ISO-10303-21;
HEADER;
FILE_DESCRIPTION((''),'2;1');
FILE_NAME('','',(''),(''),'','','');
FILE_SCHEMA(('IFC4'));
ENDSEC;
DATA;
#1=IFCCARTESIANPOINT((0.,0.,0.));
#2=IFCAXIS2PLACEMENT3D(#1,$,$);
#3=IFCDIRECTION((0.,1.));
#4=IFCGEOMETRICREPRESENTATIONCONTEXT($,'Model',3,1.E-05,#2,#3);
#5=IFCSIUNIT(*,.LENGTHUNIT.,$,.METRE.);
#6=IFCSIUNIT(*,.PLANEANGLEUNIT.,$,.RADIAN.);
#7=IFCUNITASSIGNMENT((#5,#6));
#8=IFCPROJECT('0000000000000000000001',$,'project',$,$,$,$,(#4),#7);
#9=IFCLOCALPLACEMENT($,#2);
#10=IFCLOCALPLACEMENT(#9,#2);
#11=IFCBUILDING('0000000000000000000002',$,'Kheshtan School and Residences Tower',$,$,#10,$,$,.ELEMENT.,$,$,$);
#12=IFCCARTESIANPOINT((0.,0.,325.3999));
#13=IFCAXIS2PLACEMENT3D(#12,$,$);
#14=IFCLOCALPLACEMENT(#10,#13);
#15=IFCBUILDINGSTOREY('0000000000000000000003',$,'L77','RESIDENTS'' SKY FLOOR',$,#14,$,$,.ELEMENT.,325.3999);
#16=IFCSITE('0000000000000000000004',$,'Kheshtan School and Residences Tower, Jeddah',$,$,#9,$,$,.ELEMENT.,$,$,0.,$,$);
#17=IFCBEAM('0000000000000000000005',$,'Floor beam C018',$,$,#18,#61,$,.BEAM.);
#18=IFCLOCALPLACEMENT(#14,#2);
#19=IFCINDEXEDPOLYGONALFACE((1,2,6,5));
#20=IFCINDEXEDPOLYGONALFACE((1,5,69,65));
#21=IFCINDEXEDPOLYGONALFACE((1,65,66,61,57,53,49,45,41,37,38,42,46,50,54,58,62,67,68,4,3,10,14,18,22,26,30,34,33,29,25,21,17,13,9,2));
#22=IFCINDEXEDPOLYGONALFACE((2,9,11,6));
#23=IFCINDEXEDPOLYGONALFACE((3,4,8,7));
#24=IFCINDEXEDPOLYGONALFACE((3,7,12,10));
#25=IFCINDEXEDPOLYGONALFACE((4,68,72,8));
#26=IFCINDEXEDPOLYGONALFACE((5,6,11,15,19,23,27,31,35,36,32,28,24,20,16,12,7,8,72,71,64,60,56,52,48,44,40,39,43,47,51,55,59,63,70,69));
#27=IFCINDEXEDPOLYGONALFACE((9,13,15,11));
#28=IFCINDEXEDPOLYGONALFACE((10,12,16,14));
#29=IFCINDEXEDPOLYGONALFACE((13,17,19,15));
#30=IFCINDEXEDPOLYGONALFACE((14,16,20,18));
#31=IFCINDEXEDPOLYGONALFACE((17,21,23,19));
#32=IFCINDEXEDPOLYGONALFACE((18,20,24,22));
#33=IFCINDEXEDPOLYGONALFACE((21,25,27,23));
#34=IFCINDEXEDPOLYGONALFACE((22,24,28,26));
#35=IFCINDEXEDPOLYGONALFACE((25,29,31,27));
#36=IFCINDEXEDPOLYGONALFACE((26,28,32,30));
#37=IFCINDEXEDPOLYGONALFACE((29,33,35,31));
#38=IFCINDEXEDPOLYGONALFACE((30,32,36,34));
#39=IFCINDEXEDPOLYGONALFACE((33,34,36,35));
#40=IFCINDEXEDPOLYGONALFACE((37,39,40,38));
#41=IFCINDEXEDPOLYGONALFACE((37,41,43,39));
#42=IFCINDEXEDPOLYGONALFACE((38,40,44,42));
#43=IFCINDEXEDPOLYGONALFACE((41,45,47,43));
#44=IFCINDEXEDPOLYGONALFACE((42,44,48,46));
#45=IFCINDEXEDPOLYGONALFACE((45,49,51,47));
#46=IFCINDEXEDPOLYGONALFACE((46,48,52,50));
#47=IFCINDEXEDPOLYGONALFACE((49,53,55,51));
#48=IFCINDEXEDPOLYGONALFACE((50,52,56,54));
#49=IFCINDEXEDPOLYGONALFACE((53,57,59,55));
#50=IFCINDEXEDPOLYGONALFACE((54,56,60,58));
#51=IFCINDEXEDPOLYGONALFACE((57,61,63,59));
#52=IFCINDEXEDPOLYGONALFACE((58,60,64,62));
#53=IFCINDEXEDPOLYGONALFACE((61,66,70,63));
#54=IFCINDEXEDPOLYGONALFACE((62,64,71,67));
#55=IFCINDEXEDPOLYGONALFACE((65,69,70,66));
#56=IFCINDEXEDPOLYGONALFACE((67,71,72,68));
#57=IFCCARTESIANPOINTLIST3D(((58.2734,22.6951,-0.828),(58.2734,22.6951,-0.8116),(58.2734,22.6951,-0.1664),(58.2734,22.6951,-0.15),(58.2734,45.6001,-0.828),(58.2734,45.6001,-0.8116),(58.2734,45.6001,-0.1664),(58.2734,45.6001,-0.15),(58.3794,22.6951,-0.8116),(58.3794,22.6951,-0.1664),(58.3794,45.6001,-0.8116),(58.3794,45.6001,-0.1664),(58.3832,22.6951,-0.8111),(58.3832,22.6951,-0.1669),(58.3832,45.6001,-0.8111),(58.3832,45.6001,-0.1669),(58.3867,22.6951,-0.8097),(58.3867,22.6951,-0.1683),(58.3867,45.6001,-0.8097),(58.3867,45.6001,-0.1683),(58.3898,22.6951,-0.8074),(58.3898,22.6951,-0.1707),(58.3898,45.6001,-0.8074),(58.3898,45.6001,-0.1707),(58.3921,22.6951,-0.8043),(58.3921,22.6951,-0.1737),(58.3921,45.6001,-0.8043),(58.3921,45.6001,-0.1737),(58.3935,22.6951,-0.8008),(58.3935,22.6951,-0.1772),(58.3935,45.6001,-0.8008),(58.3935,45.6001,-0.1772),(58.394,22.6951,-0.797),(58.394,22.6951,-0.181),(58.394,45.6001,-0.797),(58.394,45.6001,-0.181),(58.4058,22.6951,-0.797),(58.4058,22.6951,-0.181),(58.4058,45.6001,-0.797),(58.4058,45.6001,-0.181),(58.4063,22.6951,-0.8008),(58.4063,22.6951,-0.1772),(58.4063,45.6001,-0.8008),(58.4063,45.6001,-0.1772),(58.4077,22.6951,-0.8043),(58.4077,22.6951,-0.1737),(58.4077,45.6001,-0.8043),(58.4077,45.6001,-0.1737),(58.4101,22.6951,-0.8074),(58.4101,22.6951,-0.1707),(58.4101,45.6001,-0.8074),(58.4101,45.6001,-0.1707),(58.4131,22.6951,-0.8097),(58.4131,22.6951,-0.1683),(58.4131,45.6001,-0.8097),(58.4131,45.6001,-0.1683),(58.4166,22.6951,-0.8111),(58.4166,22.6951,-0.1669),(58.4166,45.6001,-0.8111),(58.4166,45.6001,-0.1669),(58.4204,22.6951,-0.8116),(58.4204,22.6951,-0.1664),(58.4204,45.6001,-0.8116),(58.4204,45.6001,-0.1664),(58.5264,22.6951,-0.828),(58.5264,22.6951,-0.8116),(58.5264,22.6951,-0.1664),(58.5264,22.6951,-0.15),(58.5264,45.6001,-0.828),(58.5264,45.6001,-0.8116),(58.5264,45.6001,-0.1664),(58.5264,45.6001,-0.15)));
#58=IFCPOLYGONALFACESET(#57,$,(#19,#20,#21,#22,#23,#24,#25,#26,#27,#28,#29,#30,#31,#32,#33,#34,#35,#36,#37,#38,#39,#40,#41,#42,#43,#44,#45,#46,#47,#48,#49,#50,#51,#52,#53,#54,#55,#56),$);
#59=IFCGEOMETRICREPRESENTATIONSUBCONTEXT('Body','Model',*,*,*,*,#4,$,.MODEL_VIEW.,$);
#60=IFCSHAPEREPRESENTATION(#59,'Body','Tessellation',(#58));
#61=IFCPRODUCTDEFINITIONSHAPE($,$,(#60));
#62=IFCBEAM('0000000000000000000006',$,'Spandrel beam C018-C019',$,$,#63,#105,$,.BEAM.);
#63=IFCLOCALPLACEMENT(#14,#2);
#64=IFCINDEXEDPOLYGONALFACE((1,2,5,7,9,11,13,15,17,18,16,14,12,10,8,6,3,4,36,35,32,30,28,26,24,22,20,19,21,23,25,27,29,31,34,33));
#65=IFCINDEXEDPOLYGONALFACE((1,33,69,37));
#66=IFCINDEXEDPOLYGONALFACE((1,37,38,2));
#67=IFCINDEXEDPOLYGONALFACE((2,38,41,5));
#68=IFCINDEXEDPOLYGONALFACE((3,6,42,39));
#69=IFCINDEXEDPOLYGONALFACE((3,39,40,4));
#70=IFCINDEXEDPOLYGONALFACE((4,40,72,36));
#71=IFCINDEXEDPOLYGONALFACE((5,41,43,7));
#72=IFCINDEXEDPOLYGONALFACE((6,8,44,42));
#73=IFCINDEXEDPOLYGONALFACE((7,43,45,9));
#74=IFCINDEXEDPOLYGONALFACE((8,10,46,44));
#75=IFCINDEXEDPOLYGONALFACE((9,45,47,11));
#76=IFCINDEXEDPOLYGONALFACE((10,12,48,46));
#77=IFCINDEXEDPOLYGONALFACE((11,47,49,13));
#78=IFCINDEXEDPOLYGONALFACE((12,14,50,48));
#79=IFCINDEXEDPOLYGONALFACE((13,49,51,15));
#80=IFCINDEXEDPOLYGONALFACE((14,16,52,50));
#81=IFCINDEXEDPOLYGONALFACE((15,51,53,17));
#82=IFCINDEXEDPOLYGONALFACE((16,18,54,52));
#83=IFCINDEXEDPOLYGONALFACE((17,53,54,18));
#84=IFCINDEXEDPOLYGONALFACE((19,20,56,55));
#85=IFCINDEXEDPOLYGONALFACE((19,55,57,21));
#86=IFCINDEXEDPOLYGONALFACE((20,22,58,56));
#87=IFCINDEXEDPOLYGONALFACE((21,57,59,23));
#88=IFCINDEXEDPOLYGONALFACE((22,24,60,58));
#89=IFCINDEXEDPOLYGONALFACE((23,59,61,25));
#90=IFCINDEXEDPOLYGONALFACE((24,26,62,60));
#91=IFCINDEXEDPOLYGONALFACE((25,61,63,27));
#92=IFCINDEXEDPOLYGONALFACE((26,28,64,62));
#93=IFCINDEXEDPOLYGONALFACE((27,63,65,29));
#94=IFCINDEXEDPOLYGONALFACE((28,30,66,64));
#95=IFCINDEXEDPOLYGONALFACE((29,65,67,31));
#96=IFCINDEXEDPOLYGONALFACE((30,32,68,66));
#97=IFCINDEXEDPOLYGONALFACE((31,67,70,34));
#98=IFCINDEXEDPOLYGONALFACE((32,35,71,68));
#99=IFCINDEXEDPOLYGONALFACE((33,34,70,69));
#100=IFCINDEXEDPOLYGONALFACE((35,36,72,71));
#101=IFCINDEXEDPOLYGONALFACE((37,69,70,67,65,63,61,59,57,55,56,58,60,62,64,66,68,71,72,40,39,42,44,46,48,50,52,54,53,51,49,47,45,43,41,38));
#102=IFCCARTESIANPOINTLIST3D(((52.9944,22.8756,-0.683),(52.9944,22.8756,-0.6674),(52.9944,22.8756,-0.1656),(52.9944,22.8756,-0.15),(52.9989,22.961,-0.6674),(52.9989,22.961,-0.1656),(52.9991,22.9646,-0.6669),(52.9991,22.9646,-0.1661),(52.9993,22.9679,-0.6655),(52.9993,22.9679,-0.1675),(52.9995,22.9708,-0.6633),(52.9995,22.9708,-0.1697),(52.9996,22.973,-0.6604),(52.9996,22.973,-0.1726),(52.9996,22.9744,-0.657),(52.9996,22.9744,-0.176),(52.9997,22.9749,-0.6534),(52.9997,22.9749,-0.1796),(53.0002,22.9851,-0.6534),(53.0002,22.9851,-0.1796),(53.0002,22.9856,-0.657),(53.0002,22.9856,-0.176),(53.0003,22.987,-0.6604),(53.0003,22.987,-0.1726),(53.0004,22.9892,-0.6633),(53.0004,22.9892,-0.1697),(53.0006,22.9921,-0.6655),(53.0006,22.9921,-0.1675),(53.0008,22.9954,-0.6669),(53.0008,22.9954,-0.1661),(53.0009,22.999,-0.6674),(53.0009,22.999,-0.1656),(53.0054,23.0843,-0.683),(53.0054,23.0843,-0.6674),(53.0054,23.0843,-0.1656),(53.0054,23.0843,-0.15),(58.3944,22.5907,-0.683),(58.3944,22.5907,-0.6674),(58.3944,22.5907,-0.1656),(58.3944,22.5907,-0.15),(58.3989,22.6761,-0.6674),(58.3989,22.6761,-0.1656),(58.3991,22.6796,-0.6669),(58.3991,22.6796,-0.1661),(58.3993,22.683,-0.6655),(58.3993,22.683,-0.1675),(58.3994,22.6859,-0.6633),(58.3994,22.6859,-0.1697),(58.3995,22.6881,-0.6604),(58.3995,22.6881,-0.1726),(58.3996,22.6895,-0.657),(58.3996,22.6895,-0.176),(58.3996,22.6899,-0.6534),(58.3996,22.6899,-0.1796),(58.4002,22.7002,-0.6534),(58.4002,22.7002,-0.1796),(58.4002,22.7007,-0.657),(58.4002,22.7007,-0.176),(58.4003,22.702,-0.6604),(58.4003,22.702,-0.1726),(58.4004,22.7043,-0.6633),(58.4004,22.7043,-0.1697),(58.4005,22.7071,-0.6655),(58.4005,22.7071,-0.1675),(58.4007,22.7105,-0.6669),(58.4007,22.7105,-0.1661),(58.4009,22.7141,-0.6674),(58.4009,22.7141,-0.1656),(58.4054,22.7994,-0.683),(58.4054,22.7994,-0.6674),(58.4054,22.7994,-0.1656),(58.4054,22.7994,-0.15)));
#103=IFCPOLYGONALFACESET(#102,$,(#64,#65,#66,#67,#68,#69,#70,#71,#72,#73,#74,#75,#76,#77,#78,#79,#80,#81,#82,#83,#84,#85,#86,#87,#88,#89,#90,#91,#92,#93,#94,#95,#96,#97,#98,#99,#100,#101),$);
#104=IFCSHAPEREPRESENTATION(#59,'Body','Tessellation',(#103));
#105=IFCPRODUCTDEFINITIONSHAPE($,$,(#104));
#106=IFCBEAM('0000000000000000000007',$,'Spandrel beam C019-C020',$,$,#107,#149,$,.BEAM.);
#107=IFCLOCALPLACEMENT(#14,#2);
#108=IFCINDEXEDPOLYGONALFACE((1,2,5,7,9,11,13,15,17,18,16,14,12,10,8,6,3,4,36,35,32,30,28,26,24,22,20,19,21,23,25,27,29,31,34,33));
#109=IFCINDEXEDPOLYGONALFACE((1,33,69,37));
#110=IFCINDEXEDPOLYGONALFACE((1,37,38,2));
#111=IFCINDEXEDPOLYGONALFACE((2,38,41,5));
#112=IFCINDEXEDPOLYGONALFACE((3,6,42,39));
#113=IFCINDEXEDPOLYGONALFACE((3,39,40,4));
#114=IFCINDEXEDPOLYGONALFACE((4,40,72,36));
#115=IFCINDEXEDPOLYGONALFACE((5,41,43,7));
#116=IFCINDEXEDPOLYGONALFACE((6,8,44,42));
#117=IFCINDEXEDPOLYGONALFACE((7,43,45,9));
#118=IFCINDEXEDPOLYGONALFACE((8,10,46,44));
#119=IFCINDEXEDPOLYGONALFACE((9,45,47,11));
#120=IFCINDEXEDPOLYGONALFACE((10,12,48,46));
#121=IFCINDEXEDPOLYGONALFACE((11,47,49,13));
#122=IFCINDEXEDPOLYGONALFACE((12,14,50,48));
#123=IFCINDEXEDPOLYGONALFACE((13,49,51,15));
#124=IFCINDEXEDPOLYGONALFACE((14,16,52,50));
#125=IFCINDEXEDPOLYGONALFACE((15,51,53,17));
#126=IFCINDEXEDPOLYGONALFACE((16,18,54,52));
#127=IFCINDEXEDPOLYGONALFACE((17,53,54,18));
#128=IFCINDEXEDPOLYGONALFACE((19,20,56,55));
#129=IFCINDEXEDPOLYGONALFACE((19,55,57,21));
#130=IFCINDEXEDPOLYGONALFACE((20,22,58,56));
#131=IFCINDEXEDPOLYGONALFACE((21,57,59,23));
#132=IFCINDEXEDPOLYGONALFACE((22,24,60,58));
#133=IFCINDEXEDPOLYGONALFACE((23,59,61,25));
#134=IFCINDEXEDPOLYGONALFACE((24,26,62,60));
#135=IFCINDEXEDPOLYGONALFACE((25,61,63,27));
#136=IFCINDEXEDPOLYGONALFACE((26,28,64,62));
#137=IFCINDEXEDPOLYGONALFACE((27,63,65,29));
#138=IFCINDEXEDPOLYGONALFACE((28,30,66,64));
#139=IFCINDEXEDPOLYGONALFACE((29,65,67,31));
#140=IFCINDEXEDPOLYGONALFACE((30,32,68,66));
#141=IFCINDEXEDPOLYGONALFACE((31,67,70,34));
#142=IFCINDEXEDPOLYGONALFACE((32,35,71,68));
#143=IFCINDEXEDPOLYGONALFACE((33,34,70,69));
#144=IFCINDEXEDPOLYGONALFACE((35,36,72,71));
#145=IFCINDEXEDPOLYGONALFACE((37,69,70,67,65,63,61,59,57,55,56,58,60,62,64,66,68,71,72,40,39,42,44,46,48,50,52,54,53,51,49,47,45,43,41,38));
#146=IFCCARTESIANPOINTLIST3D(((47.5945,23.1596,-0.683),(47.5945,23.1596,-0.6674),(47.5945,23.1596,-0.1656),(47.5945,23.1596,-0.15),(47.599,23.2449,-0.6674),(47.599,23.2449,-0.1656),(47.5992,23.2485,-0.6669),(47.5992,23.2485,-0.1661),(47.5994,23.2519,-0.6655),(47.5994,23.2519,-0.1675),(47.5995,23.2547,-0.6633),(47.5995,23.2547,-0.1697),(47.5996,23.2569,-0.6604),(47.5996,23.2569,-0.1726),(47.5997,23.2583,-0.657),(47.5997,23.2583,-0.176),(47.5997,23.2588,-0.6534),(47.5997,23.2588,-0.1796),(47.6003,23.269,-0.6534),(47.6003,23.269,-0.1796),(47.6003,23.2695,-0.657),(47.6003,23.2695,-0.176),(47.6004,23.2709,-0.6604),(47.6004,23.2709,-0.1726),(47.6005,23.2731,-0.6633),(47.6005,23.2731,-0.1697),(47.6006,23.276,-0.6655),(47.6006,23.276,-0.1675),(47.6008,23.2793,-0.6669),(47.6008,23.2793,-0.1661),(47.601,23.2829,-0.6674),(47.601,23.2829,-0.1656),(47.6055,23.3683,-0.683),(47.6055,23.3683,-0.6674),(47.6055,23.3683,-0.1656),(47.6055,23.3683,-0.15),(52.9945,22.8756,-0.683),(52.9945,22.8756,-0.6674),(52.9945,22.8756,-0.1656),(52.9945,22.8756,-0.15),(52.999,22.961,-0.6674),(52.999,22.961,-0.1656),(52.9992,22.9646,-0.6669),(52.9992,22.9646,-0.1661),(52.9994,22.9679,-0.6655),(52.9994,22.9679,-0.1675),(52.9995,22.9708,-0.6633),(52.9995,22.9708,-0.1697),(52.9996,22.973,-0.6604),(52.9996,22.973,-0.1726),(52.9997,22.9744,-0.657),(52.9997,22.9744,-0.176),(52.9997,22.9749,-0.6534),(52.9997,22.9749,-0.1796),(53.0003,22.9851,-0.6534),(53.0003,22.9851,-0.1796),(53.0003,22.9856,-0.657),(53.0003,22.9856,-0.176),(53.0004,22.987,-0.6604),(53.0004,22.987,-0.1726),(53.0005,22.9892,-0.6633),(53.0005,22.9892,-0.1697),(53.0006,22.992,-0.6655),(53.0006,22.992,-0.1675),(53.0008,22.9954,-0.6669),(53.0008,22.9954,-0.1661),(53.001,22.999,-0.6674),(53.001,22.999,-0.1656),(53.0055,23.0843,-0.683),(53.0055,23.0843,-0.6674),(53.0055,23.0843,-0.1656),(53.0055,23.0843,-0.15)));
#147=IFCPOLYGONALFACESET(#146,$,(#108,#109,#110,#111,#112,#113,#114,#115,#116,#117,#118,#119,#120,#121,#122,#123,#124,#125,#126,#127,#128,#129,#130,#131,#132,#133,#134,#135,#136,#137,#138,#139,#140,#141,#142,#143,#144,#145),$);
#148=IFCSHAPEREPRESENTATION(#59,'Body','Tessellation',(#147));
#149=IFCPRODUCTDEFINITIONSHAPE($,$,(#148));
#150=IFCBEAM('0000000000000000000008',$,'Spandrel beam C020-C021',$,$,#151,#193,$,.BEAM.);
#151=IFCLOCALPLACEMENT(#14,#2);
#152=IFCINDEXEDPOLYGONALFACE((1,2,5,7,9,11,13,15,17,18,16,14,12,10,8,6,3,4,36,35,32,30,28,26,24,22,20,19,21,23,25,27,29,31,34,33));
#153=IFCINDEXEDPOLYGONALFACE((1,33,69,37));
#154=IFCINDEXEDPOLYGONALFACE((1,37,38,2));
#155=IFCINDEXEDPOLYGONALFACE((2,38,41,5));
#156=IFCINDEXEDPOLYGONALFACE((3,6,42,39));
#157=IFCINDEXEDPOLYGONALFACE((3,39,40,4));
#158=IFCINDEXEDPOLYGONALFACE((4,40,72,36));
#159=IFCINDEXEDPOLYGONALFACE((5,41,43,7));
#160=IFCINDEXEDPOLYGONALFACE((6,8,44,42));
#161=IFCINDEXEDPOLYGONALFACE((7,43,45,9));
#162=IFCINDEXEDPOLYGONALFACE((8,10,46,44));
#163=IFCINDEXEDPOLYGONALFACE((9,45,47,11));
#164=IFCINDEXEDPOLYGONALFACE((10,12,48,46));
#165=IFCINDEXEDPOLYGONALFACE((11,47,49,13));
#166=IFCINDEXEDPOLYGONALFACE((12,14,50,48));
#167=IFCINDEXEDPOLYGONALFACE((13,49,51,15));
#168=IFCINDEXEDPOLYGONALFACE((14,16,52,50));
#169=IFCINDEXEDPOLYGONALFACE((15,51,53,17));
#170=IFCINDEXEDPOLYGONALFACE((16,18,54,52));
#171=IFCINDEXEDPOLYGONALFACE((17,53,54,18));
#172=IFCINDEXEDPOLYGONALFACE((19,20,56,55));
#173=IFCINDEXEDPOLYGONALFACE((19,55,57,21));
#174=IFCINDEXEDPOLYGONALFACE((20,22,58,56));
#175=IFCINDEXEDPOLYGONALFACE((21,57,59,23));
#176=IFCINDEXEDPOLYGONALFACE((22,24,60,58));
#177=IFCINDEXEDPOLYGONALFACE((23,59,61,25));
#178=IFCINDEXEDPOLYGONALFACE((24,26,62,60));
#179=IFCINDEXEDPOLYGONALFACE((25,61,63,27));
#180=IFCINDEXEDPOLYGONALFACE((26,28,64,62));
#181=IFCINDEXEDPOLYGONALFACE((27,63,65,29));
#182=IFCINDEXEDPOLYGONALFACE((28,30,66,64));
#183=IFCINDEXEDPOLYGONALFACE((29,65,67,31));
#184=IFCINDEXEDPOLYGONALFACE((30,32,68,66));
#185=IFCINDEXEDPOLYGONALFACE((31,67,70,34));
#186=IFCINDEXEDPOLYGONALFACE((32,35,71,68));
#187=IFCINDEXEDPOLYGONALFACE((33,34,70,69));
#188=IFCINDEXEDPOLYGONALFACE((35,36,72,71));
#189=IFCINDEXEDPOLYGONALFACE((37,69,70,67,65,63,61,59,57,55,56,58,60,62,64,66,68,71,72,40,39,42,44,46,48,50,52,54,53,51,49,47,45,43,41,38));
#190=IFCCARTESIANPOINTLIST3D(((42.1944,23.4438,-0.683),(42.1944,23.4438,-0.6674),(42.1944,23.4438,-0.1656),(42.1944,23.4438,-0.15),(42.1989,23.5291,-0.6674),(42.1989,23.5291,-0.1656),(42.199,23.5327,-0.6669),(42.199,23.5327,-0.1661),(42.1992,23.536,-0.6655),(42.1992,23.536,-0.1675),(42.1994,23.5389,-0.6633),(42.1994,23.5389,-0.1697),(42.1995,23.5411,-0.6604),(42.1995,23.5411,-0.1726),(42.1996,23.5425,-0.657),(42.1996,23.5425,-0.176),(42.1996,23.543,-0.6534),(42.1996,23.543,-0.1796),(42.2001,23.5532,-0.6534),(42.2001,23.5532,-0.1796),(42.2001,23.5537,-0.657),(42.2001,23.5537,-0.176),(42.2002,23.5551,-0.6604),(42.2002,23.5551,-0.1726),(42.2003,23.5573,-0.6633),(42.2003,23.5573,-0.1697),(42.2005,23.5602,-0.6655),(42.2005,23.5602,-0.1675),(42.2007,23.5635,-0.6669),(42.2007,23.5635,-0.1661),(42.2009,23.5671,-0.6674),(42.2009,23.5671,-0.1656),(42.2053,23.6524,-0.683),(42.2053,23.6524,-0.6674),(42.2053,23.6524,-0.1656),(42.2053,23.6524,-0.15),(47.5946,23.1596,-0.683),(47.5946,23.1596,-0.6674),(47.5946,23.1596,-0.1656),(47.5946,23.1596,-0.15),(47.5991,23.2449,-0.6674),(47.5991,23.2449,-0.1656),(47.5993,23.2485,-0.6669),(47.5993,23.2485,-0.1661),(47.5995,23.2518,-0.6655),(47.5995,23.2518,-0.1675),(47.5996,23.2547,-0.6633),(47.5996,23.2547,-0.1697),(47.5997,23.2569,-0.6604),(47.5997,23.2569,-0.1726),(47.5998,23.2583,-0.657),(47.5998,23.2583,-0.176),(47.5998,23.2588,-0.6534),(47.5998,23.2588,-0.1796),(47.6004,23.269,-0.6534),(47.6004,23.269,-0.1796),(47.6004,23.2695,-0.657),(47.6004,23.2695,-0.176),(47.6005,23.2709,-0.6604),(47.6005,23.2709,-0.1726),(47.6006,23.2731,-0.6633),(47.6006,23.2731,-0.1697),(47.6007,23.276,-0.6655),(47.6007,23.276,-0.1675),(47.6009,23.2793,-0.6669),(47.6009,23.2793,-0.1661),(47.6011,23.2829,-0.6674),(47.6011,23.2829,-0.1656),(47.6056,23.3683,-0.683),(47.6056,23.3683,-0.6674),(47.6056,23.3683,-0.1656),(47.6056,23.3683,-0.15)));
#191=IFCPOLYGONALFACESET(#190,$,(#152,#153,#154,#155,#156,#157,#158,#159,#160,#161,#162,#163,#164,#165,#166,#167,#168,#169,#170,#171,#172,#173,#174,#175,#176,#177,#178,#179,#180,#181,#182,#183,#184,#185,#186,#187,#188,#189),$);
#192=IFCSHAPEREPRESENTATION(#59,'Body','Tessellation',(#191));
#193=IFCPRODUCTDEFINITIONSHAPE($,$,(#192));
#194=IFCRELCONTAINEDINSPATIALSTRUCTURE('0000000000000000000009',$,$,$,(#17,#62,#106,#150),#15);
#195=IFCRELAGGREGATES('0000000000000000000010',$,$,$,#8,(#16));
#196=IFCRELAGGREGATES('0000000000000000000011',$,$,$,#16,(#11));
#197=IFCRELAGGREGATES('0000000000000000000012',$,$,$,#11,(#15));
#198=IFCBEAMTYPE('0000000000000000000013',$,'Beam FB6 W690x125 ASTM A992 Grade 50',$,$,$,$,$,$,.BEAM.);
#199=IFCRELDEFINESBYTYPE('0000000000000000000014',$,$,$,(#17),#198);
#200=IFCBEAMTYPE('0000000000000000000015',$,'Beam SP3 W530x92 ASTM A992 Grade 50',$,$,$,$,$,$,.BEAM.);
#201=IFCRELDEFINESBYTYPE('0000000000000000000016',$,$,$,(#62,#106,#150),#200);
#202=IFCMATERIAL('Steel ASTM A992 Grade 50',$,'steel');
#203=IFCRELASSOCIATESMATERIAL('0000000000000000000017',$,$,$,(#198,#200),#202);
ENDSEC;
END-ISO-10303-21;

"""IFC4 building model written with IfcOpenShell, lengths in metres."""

from ifc_helpers import new_model, si_unit, direction, frame, origin, origin_2d, place, context, subcontext, project, spatial, i_section, extrude, material, material_profile, profile_set, type_object, element, save


model = new_model("IFC4")

# Units and contexts
model_context = context("Model", 3, precision=1e-05, world=origin(), true_north=direction((0.0, 1.0)))
body_context = subcontext(model_context, "Body", "Model", "MODEL_VIEW")
ifc_project = project(units=[si_unit("LENGTHUNIT", "METRE"), si_unit("PLANEANGLEUNIT", "RADIAN")], contexts=[model_context])

# Site, building, storey
site_placement = place(None, origin())
site = spatial("IfcSite", under=ifc_project, at=site_placement, Name="Kheshtan School and Residences Tower, Jeddah", CompositionType="ELEMENT", RefElevation=0.0)
building_placement = place(site_placement, origin())
building = spatial("IfcBuilding", under=site, at=building_placement, Name="Kheshtan School and Residences Tower", CompositionType="ELEMENT")
storey_placement = place(building_placement, frame((0.0, 0.0, 325.3999)))
storey = spatial("IfcBuildingStorey", under=building, at=storey_placement, Name="L77", Description="RESIDENTS' SKY FLOOR", CompositionType="ELEMENT", Elevation=325.3999)

# Shared definitions
ifc_material_1 = material(Name="Steel ASTM A992 Grade 50", Category="steel")

# Beams
ifc_material_profile_1 = material_profile(ifc_material_1, i_section(OverallWidth=0.2529, OverallDepth=0.678, WebThickness=0.0117, FlangeThickness=0.0164, FilletRadius=0.0146, at=origin_2d()), Name="W690x125")
ifc_profile_set_1 = profile_set([ifc_material_profile_1], Name="Steel ASTM A992 Grade 50")
beam_type_1 = type_object("IfcBeamType", Name="Beam FB6 W690x125 ASTM A992 Grade 50", PredefinedType="BEAM", material=ifc_profile_set_1)
beam_1_placement = place(storey_placement, frame((58.3999, 22.6951, -0.489), z_axis=(0.0, 1.0, 0.0), x_axis=(-1.0, 0.0, 0.0)))
element("IfcBeam", 1, at=beam_1_placement, inside=storey, type_object=beam_type_1, Name="Floor beam C018", PredefinedType="BEAM", context=body_context, shape_type="SweptSolid", body=[
    extrude(i_section(OverallWidth=0.2529, OverallDepth=0.678, WebThickness=0.0117, FlangeThickness=0.0164, FilletRadius=0.0146, at=origin_2d()), origin(), (0.0, 0.0, 1.0), 22.905),
])
ifc_material_profile_2 = material_profile(ifc_material_1, i_section(OverallWidth=0.209, OverallDepth=0.533, WebThickness=0.0103, FlangeThickness=0.0156, FilletRadius=0.0139, at=origin_2d()), Name="W530x92")
ifc_profile_set_2 = profile_set([ifc_material_profile_2], Name="Steel ASTM A992 Grade 50")
beam_type_2 = type_object("IfcBeamType", Name="Beam SP3 W530x92 ASTM A992 Grade 50", PredefinedType="BEAM", material=ifc_profile_set_2)
for number, where, z_axis, x_axis, name in (
    (2, (58.3999, 22.6951, -0.4165), (-0.998611, 0.052689, 0.0), (-0.052689, -0.998611, 0.0), "Spandrel beam C018-C019"),
    (3, (53.0, 22.98, -0.4165), (-0.99862, 0.052509, 0.0), (-0.052509, -0.99862, 0.0), "Spandrel beam C019-C020"),
):
    element("IfcBeam", number, at=place(storey_placement, frame(where, z_axis=z_axis, x_axis=x_axis)), inside=storey, type_object=beam_type_2, Name=name, PredefinedType="BEAM", context=body_context, shape_type="SweptSolid", body=[
        extrude(i_section(OverallWidth=0.209, OverallDepth=0.533, WebThickness=0.0103, FlangeThickness=0.0156, FilletRadius=0.0139, at=origin_2d()), origin(), (0.0, 0.0, 1.0), 5.4075),
    ])
beam_2_placement = place(storey_placement, frame((47.6001, 23.2639, -0.4165), z_axis=(-0.998618, 0.052552, 0.0), x_axis=(-0.052552, -0.998618, 0.0)))
element("IfcBeam", 4, at=beam_2_placement, inside=storey, type_object=beam_type_2, Name="Spandrel beam C020-C021", PredefinedType="BEAM", context=body_context, shape_type="SweptSolid", body=[
    extrude(i_section(OverallWidth=0.209, OverallDepth=0.533, WebThickness=0.0103, FlangeThickness=0.0156, FilletRadius=0.0139, at=origin_2d()), origin(), (0.0, 0.0, 1.0), 5.4077),
])

save(model, "model.ifc")
